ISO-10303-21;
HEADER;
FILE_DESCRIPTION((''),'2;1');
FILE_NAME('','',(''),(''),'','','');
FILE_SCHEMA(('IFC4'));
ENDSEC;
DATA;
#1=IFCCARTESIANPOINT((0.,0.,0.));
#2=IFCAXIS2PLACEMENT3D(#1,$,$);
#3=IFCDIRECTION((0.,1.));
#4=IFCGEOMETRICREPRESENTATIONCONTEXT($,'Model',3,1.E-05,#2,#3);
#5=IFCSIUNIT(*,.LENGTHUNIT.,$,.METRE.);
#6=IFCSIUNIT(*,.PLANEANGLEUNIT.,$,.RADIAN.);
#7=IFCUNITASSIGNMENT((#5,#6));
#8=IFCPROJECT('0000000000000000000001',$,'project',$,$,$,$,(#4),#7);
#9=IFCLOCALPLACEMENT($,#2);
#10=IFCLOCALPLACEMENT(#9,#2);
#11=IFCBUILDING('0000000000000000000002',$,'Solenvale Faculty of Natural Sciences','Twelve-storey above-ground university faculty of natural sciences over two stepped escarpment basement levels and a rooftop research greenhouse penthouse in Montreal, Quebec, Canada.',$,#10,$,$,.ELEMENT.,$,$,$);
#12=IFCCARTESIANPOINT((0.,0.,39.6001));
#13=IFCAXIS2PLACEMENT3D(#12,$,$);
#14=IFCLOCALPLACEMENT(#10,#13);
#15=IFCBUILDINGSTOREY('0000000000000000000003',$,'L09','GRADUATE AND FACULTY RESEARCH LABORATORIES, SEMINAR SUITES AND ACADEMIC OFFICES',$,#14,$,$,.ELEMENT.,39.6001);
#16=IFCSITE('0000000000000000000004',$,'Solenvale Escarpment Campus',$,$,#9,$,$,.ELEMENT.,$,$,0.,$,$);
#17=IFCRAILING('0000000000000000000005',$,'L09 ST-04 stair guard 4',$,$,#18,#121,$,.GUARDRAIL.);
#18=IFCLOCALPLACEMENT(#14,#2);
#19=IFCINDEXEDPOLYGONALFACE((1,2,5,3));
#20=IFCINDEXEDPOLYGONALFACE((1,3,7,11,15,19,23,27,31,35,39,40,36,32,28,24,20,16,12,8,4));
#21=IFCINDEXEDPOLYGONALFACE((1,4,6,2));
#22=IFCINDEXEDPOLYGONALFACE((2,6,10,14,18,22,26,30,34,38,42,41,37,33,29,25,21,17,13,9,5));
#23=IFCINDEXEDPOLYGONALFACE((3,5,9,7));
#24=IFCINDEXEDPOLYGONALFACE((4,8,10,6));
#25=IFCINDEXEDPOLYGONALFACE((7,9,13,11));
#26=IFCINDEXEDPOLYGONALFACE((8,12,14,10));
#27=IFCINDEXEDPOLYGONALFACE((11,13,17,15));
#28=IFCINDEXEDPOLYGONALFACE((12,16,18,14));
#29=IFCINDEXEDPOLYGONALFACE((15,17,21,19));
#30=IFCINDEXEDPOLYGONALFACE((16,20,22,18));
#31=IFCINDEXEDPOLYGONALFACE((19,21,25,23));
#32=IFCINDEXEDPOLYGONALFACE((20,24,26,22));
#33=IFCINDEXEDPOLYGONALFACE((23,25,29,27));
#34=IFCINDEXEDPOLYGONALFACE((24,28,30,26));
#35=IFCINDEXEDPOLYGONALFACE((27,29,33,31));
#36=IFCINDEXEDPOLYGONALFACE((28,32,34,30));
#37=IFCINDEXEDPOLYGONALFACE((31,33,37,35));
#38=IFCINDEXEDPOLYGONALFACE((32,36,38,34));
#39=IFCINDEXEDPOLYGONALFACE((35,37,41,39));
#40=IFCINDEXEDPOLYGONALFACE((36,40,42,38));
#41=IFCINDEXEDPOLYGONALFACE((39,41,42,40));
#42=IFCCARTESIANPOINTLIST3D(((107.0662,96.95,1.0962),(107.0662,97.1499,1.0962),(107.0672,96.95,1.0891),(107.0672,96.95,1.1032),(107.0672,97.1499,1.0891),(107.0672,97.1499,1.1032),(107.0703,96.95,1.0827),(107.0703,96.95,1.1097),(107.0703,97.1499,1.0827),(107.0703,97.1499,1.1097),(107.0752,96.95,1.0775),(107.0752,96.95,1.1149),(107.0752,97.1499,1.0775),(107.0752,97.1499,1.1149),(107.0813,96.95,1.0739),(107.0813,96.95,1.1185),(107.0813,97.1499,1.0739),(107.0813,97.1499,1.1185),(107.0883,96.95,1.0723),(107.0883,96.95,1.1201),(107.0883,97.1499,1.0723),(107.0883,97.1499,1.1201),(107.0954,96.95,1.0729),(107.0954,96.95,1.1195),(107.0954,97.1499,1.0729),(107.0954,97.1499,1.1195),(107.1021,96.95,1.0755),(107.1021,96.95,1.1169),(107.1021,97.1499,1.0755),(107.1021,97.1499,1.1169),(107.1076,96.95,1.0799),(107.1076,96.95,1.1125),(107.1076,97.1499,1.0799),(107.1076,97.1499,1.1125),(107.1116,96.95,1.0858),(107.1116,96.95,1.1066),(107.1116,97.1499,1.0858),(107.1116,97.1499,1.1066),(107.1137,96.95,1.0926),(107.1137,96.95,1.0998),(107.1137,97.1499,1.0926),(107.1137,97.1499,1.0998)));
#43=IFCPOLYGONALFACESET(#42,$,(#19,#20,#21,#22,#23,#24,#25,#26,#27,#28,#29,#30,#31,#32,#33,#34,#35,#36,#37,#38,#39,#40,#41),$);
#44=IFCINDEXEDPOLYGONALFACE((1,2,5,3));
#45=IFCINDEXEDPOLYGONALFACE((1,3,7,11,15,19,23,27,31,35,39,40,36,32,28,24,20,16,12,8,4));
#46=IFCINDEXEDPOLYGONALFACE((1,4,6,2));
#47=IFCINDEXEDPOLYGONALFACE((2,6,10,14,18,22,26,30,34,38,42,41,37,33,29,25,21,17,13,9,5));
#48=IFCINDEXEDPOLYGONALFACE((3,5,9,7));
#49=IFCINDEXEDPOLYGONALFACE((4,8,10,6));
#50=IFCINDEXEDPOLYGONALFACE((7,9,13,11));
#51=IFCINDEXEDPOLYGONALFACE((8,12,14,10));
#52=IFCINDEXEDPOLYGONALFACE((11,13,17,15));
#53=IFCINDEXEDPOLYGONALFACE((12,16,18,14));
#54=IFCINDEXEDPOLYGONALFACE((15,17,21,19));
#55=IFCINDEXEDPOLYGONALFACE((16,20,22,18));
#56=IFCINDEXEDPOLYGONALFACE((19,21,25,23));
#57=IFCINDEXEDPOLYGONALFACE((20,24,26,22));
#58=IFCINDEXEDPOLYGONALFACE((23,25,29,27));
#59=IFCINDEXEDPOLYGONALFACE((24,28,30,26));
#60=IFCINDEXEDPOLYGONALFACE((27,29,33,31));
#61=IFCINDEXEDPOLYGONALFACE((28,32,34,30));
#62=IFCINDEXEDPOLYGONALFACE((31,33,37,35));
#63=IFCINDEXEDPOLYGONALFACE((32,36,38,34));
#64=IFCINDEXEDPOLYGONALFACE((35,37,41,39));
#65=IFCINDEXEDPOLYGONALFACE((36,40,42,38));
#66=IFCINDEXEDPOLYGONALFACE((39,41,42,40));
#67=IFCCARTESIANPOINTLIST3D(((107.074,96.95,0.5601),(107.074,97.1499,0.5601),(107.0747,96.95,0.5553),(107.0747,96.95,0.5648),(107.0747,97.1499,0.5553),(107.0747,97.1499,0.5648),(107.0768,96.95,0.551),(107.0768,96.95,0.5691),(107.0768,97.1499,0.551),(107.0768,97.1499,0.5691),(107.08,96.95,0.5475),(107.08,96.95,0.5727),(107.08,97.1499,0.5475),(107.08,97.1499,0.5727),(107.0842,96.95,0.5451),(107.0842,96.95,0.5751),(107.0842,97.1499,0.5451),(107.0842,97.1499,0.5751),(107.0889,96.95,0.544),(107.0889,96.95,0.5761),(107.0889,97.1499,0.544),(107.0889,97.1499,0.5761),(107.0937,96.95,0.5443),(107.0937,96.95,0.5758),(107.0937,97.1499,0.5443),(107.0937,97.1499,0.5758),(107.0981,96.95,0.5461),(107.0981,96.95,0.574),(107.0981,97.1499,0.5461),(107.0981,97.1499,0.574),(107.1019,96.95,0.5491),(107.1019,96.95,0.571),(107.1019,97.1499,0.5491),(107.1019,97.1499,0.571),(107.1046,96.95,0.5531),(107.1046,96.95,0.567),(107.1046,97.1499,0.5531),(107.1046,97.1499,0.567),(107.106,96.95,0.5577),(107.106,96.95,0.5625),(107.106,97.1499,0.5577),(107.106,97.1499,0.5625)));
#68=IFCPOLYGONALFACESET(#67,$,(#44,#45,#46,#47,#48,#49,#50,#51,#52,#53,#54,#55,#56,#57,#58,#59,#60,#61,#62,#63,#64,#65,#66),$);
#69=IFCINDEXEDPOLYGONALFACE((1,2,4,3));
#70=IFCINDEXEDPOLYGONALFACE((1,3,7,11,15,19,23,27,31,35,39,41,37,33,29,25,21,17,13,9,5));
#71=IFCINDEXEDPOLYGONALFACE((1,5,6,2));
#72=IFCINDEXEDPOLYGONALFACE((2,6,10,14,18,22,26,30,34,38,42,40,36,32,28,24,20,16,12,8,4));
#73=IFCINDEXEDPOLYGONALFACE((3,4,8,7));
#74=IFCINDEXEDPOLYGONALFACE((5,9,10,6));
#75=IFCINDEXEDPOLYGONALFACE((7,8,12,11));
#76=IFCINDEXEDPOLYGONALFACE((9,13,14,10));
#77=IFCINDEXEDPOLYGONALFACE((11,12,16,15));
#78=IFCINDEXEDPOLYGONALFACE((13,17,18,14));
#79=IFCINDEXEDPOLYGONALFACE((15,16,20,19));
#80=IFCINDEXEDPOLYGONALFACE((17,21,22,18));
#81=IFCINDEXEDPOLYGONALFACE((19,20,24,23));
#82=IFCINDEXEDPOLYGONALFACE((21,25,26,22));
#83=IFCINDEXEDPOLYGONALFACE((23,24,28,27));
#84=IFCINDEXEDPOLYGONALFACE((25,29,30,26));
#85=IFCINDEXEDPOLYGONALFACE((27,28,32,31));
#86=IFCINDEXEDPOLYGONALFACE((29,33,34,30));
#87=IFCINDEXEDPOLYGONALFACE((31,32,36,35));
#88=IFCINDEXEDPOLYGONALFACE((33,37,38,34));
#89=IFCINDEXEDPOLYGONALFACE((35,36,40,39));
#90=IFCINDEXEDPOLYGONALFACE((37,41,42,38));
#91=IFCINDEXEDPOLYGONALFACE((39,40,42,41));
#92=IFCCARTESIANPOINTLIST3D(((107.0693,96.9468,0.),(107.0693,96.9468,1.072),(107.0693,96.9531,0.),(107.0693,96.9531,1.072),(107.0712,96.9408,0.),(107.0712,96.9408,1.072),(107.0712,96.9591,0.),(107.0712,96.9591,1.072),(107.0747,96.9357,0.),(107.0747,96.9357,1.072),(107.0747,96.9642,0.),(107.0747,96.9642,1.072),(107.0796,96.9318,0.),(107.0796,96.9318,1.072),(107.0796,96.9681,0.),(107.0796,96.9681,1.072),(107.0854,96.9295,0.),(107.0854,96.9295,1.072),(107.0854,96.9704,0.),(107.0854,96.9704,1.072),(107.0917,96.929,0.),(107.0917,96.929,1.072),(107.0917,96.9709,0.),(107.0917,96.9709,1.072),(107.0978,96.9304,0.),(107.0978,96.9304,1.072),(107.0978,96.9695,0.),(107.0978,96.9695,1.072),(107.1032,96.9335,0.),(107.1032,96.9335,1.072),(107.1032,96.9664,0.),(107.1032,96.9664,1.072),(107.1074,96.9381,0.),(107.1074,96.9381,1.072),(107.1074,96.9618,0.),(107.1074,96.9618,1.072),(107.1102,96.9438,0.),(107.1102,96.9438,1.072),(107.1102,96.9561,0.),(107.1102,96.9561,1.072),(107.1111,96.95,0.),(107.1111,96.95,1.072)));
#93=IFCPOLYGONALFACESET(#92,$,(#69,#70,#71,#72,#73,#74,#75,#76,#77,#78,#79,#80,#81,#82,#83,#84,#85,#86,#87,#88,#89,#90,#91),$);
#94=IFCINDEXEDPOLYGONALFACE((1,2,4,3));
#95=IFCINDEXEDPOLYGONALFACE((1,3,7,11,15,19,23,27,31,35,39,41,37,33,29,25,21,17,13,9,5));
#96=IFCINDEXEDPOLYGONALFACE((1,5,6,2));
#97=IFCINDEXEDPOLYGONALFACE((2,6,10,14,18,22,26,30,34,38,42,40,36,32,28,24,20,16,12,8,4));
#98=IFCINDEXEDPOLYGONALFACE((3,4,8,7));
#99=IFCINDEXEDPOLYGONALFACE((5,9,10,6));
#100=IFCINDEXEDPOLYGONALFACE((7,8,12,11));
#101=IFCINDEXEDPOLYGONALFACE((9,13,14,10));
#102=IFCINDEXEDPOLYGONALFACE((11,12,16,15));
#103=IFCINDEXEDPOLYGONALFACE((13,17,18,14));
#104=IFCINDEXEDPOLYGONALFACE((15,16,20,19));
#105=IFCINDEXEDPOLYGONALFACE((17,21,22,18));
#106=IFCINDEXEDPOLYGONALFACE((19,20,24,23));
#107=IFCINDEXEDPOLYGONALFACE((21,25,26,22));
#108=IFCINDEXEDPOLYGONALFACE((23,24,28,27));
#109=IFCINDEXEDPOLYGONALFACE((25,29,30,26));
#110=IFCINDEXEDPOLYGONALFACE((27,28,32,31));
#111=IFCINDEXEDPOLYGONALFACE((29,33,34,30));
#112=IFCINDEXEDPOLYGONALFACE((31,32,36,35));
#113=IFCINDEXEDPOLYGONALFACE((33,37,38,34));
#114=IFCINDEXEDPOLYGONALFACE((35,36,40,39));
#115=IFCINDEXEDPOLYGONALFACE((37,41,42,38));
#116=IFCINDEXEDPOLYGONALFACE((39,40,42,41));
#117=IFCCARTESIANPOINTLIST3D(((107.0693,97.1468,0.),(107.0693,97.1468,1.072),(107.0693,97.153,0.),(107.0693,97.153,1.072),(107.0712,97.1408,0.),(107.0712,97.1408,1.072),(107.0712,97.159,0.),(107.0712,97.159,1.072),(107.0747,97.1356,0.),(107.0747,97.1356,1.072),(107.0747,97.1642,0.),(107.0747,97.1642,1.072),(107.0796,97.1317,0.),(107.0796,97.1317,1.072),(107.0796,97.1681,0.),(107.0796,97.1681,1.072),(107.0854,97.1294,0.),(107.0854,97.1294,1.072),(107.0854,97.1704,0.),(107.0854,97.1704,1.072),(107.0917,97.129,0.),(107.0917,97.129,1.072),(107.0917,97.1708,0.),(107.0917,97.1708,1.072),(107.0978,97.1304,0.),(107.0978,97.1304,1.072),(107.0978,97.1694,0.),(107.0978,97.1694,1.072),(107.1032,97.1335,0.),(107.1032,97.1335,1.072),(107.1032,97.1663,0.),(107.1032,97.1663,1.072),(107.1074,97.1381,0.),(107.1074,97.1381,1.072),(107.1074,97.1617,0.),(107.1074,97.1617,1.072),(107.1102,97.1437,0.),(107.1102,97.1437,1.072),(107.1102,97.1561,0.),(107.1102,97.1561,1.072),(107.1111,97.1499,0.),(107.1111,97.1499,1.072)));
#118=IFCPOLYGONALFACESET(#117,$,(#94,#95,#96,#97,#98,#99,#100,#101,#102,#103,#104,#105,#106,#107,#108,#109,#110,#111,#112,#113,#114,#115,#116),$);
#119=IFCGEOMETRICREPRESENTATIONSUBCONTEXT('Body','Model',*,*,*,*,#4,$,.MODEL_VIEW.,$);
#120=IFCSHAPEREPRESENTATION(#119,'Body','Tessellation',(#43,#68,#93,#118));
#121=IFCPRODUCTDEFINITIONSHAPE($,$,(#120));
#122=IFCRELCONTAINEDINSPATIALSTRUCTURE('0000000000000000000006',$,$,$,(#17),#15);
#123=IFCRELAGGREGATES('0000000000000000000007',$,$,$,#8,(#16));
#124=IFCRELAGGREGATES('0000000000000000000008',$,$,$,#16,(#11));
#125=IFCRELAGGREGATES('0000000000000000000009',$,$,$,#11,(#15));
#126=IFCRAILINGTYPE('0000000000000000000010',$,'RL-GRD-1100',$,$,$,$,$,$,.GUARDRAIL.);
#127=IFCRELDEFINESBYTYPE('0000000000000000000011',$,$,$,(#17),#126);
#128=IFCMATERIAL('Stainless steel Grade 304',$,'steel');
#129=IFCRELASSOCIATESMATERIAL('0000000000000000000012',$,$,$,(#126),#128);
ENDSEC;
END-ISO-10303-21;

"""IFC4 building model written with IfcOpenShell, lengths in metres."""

from ifc_helpers import new_model, si_unit, direction, frame, origin, origin_2d, place, context, subcontext, project, spatial, circle, extrude, material, type_object, element, save


model = new_model("IFC4")

# Units and contexts
model_context = context("Model", 3, precision=1e-05, world=origin(), true_north=direction((0.0, 1.0)))
body_context = subcontext(model_context, "Body", "Model", "MODEL_VIEW")
ifc_project = project(units=[si_unit("LENGTHUNIT", "METRE"), si_unit("PLANEANGLEUNIT", "RADIAN")], contexts=[model_context])

# Site, building, storey
site_placement = place(None, origin())
site = spatial("IfcSite", under=ifc_project, at=site_placement, Name="Solenvale Escarpment Campus", CompositionType="ELEMENT", RefElevation=0.0)
building_placement = place(site_placement, origin())
building = spatial("IfcBuilding", under=site, at=building_placement, Name="Solenvale Faculty of Natural Sciences", Description="Twelve-storey above-ground university faculty of natural sciences over two stepped escarpment basement levels and a rooftop research greenhouse penthouse in Montreal, Quebec, Canada.", CompositionType="ELEMENT")
storey_placement = place(building_placement, frame((0.0, 0.0, 39.6001)))
storey = spatial("IfcBuildingStorey", under=building, at=storey_placement, Name="L09", Description="GRADUATE AND FACULTY RESEARCH LABORATORIES, SEMINAR SUITES AND ACADEMIC OFFICES", CompositionType="ELEMENT", Elevation=39.6001)

# Railing
ifc_material_1 = material(Name="Stainless steel Grade 304", Category="steel")
railing_type_1 = type_object("IfcRailingType", Name="RL-GRD-1100", PredefinedType="GUARDRAIL", material=ifc_material_1)
railing_1_placement = place(storey_placement, frame((107.0901, 96.95, 0.0)))
element("IfcRailing", 1, at=railing_1_placement, inside=storey, type_object=railing_type_1, Name="L09 ST-04 stair guard 4", PredefinedType="GUARDRAIL", context=body_context, shape_type="SweptSolid", body=[
    extrude(circle(Radius=0.0239, at=origin_2d()), frame((0.0, 0.0, 1.0962), z_axis=(0.0, 1.0, 0.0), x_axis=(-1.0, 0.0, 0.0)), (0.0, 0.0, 1.0), 0.2),
    extrude(circle(Radius=0.0161, at=origin_2d()), frame((0.0, 0.0, 0.5601), z_axis=(0.0, 1.0, 0.0), x_axis=(-1.0, 0.0, 0.0)), (0.0, 0.0, 1.0), 0.2),
    extrude(circle(Radius=0.021, at=origin_2d()), origin(), (0.0, 0.0, 1.0), 1.072),
    extrude(circle(Radius=0.021, at=origin_2d()), frame((0.0, 0.2, 0.0)), (0.0, 0.0, 1.0), 1.072),
])

save(model, "model.ifc")
